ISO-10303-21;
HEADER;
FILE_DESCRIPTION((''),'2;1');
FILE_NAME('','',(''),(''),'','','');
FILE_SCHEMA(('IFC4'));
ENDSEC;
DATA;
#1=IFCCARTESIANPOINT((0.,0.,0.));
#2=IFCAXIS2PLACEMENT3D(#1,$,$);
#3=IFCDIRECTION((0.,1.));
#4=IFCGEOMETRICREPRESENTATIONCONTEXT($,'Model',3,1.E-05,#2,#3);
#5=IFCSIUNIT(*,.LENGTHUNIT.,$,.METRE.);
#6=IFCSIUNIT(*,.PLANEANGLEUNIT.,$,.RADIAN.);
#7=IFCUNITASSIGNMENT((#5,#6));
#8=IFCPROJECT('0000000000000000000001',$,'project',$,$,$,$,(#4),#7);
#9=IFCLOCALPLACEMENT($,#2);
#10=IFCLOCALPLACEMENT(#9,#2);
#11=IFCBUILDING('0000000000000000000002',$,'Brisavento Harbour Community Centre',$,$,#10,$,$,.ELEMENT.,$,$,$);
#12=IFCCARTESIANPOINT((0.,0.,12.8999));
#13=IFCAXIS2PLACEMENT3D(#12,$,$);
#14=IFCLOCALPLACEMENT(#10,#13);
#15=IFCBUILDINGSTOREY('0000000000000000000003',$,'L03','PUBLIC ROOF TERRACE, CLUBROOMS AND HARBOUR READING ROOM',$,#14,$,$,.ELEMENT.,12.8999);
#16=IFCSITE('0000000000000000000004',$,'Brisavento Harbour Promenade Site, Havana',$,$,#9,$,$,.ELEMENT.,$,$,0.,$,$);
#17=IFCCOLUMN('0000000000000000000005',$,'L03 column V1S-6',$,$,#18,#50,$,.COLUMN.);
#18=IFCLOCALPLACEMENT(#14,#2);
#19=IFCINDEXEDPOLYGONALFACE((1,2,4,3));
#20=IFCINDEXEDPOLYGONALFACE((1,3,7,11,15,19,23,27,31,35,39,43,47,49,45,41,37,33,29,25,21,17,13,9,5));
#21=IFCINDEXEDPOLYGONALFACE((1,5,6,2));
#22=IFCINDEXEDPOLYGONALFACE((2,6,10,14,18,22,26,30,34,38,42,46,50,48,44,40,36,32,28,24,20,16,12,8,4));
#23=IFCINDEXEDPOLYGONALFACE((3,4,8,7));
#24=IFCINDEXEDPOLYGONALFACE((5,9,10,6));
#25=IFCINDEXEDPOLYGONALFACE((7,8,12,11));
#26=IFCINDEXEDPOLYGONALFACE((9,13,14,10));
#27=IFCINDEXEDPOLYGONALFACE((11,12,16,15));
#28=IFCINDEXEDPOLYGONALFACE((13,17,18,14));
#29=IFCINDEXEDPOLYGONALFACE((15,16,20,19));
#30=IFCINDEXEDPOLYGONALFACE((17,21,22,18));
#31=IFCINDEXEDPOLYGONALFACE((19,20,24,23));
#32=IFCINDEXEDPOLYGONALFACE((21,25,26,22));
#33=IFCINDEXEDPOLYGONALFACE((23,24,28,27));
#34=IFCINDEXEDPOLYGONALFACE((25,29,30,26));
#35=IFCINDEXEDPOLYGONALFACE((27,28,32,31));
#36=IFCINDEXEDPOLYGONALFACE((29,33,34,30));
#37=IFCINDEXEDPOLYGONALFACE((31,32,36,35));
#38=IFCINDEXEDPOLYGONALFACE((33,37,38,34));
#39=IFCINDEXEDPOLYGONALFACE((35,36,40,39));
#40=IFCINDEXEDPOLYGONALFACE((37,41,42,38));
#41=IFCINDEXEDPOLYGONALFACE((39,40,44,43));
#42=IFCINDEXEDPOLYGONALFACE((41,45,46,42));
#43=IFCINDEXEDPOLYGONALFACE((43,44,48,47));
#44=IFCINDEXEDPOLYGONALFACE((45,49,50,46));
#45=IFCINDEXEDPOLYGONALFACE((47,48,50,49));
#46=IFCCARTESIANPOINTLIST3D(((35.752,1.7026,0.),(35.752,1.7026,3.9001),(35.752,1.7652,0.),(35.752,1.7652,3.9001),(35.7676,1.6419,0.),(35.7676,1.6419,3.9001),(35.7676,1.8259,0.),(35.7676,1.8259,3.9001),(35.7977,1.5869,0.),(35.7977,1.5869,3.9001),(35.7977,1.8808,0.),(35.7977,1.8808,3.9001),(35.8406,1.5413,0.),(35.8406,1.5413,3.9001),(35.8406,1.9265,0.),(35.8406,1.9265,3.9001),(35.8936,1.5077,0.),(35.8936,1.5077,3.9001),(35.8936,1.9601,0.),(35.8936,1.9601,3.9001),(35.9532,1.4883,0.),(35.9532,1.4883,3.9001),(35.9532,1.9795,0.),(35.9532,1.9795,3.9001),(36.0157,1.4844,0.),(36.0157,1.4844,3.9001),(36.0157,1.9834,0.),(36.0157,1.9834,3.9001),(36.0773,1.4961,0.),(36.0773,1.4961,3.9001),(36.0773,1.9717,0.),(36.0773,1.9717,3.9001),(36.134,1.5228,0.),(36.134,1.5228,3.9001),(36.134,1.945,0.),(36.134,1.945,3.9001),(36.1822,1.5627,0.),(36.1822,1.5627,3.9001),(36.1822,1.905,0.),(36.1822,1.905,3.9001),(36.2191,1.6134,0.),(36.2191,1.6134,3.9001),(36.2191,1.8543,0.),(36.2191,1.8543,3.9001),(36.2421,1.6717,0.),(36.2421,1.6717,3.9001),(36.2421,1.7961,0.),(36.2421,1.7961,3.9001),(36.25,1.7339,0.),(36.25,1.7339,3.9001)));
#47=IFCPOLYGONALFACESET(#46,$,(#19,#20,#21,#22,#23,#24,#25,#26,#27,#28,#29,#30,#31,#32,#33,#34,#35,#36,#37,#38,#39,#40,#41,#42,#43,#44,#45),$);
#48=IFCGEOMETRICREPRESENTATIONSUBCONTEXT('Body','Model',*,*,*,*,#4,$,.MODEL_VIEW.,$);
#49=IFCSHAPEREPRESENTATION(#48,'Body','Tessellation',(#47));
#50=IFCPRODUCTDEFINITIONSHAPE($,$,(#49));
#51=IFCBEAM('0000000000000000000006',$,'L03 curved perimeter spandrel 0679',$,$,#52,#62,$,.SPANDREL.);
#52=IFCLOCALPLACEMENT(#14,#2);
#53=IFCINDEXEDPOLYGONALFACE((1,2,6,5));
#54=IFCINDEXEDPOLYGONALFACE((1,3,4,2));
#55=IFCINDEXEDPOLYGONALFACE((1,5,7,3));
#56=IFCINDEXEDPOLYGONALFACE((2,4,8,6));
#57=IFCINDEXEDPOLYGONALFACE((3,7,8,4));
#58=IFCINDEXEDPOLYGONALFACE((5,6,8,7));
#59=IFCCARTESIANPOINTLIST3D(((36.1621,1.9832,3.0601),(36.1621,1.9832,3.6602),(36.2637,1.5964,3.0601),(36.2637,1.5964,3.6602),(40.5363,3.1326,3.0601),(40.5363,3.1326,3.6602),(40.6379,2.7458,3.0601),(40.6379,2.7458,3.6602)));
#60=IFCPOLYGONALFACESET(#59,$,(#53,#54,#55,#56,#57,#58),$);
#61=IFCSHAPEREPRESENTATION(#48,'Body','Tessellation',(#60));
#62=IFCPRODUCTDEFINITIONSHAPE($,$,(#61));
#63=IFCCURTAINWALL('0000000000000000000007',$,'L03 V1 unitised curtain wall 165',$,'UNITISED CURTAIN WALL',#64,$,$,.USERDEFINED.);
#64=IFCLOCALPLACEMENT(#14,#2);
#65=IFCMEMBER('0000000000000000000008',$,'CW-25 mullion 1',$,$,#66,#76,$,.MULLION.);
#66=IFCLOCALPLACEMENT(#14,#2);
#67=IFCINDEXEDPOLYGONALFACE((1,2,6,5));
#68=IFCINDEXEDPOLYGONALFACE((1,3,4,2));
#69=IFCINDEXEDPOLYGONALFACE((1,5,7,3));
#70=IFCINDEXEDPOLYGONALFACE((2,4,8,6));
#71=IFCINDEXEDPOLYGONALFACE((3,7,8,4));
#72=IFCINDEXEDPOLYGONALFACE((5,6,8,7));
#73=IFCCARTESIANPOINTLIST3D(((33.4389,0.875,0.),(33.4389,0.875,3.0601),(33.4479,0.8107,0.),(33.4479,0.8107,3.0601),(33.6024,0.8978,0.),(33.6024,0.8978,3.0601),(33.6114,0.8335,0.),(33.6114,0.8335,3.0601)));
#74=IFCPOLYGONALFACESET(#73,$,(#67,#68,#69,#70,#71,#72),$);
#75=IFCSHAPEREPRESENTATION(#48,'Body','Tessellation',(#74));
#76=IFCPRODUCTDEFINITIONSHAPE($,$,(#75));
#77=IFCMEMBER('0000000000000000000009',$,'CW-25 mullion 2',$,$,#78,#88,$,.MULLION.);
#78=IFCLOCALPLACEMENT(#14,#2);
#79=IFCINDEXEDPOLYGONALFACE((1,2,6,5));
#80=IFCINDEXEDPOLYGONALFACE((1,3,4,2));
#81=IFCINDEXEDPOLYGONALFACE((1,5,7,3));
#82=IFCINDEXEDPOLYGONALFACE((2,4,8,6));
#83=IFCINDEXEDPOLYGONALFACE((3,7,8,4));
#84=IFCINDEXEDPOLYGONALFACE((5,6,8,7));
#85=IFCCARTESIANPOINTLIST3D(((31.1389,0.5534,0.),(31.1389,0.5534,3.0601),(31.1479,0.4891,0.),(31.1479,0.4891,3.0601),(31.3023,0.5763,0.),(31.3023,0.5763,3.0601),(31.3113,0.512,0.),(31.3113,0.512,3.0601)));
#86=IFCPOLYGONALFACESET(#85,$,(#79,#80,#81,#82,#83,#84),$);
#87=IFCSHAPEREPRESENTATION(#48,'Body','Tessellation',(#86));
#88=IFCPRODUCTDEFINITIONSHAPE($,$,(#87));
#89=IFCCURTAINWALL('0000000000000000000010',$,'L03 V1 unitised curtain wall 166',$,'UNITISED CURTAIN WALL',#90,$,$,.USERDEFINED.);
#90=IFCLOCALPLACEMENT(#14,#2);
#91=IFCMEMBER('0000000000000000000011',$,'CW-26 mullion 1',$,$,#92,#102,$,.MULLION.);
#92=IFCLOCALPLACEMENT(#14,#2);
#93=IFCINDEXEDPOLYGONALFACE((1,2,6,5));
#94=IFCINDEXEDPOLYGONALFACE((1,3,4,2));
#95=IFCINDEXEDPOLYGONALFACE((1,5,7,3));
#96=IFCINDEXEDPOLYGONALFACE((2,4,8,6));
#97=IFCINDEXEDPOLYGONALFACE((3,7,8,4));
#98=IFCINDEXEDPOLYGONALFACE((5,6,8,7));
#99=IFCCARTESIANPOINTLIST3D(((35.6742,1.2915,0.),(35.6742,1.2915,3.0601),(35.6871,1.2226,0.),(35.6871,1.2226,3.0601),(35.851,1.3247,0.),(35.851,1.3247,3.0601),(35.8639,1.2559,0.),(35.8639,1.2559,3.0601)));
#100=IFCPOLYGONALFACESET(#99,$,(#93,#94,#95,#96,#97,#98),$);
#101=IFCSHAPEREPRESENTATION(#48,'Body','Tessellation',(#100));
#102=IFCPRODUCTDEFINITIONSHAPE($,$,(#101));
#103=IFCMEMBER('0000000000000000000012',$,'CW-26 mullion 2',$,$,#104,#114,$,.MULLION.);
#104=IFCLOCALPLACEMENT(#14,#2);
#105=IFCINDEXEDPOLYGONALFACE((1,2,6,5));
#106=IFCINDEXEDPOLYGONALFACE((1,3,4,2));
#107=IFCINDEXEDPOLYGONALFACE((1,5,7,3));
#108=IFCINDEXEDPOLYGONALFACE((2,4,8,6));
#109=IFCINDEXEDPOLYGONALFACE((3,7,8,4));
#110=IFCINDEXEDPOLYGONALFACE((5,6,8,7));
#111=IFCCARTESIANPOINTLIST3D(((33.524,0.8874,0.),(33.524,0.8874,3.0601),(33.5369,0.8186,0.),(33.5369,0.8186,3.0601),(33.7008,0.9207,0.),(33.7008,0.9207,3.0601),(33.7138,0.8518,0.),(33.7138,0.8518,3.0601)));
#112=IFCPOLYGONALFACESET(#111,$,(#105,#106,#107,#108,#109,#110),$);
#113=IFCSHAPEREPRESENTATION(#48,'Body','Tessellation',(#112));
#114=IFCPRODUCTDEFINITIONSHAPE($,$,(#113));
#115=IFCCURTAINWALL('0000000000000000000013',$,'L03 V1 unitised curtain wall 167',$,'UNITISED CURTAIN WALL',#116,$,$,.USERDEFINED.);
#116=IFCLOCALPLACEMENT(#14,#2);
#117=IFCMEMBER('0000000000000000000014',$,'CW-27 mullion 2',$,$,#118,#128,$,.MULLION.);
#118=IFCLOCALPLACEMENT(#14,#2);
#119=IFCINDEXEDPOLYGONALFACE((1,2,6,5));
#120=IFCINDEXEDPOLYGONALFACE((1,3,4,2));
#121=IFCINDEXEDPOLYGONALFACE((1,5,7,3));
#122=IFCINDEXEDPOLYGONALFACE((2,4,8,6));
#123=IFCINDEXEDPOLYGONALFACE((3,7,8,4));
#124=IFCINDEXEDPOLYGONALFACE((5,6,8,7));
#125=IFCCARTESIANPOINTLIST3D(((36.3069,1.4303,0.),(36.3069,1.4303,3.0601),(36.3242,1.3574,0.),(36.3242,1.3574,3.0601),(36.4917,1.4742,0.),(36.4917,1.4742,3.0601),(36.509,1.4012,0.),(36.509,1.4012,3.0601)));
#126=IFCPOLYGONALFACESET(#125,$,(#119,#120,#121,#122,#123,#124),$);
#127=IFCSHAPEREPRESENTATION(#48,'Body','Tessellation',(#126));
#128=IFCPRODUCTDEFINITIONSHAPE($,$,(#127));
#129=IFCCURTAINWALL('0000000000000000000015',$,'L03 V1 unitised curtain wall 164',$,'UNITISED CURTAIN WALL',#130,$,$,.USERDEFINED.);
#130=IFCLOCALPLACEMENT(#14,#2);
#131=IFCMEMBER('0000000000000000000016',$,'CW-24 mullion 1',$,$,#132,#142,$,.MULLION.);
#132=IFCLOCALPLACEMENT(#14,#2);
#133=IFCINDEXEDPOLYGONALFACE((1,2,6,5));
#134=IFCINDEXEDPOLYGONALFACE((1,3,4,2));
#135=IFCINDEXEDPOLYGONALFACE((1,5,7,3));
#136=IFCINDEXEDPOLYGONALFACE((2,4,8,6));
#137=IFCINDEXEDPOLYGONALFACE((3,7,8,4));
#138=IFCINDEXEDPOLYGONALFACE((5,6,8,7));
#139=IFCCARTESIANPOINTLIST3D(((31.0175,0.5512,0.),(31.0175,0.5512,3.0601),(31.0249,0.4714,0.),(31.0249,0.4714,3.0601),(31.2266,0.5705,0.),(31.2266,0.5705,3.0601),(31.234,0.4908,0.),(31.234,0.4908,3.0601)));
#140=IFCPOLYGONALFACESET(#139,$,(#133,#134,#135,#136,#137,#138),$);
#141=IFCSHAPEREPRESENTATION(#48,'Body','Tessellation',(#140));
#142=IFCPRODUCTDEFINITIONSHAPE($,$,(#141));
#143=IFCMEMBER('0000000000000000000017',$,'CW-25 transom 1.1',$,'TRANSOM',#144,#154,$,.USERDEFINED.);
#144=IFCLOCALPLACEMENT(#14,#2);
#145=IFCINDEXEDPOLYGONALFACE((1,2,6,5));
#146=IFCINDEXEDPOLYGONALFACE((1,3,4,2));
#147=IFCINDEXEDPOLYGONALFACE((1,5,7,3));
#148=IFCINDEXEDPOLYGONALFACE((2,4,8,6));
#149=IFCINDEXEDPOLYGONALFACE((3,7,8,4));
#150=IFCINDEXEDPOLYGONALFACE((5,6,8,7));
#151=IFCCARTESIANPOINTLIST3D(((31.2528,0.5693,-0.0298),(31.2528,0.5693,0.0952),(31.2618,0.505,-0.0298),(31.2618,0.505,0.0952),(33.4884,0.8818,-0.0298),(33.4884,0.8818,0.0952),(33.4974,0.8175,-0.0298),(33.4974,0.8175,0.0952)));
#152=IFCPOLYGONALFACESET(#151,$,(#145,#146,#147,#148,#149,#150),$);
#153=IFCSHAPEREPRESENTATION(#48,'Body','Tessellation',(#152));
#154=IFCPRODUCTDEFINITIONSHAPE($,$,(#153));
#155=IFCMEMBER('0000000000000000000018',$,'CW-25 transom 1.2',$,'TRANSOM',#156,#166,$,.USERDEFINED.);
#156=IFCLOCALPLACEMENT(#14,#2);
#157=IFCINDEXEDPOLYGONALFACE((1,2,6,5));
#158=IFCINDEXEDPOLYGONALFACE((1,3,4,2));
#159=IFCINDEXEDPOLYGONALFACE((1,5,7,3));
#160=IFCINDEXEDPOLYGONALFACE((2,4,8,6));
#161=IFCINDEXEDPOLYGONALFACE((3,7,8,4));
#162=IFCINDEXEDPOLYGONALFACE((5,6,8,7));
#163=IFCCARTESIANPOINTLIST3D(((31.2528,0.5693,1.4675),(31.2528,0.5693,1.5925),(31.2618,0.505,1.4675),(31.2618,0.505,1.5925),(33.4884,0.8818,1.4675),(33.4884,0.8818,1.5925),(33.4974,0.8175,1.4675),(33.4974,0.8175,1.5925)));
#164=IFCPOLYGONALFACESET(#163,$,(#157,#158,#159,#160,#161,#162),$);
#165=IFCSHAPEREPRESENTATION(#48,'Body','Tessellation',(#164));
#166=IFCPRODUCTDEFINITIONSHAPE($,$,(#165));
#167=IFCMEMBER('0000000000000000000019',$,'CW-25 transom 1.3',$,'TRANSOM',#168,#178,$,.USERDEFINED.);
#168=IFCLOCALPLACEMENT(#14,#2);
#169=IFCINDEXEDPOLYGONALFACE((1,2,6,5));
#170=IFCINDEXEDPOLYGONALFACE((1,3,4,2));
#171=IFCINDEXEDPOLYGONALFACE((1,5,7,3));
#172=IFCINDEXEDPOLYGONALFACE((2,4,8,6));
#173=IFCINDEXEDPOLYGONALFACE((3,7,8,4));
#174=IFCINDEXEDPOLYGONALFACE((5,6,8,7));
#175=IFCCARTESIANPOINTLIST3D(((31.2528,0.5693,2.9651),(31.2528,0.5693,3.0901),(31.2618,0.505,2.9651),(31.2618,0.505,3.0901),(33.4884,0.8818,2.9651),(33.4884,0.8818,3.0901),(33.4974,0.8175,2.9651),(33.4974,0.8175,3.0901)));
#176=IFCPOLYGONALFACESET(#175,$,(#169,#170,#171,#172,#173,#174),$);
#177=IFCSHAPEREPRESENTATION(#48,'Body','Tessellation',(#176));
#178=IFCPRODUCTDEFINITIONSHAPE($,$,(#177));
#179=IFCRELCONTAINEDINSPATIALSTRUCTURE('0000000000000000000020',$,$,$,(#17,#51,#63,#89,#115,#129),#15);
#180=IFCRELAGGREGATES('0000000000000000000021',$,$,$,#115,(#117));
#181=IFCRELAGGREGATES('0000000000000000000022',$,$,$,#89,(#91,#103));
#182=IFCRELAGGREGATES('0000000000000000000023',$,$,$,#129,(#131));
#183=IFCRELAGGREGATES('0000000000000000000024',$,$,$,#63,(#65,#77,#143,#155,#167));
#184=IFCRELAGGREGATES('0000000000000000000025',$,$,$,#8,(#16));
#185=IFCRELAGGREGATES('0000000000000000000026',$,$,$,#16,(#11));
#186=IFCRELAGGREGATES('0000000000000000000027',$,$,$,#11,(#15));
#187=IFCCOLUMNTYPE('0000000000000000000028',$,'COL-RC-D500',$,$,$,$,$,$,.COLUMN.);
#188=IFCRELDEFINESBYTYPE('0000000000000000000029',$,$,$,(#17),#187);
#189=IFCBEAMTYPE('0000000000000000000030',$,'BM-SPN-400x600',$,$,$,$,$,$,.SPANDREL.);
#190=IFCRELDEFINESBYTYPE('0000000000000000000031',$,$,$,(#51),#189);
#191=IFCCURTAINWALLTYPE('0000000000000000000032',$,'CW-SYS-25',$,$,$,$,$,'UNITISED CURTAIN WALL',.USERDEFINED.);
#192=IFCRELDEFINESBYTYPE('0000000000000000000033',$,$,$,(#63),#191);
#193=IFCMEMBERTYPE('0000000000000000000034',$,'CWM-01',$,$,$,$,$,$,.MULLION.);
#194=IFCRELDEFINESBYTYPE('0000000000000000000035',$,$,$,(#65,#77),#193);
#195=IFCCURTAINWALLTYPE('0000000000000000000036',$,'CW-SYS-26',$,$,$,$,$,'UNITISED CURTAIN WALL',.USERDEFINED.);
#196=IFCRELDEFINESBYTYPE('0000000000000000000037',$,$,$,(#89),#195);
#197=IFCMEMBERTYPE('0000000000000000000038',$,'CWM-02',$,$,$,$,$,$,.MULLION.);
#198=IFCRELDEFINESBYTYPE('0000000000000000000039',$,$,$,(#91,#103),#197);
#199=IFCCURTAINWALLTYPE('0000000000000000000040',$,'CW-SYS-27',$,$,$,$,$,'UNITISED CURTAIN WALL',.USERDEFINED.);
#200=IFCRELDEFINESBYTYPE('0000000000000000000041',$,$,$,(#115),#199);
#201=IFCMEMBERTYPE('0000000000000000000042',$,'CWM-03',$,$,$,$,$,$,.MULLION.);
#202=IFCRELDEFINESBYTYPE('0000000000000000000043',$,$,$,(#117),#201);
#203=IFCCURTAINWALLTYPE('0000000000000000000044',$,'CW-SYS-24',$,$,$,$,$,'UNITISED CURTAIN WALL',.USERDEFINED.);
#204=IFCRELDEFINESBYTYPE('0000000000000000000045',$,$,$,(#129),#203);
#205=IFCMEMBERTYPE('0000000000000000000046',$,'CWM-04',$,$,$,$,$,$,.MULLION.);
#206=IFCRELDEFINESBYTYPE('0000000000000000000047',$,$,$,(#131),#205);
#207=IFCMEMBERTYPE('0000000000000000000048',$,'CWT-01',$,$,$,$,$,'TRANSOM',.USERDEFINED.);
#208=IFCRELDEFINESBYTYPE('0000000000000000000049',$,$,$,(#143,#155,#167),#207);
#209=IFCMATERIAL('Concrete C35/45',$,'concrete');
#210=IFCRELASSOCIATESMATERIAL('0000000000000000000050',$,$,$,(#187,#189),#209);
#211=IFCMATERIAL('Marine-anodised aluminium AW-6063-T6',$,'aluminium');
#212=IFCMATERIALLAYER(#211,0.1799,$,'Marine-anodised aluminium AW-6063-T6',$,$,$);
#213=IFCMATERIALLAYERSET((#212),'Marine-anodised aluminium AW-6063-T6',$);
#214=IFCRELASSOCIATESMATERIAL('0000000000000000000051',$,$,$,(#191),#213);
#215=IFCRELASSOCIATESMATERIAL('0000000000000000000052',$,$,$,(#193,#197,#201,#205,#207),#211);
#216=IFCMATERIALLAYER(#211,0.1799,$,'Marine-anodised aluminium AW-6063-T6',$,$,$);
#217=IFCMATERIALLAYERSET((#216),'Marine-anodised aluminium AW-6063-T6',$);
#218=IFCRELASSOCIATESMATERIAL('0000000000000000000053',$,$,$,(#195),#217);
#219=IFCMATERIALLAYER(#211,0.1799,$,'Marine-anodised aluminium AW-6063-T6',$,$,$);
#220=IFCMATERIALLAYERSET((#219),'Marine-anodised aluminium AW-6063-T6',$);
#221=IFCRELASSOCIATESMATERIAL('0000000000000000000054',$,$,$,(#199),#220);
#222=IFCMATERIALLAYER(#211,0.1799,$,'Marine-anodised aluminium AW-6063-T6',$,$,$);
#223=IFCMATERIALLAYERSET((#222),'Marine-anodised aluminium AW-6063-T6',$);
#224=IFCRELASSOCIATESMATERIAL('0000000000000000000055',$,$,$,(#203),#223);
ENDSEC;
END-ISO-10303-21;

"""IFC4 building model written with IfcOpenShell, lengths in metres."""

from ifc_helpers import new_model, si_unit, direction, frame, origin, origin_2d, place, context, subcontext, project, spatial, rectangle, circle, extrude, material, layer, layer_set, material_profile, profile_set, type_object, element, aggregate, save


model = new_model("IFC4")

# Units and contexts
model_context = context("Model", 3, precision=1e-05, world=origin(), true_north=direction((0.0, 1.0)))
body_context = subcontext(model_context, "Body", "Model", "MODEL_VIEW")
ifc_project = project(units=[si_unit("LENGTHUNIT", "METRE"), si_unit("PLANEANGLEUNIT", "RADIAN")], contexts=[model_context])

# Site, building, storey
site_placement = place(None, origin())
site = spatial("IfcSite", under=ifc_project, at=site_placement, Name="Brisavento Harbour Promenade Site, Havana", CompositionType="ELEMENT", RefElevation=0.0)
building_placement = place(site_placement, origin())
building = spatial("IfcBuilding", under=site, at=building_placement, Name="Brisavento Harbour Community Centre", CompositionType="ELEMENT")
storey_placement = place(building_placement, frame((0.0, 0.0, 12.8999)))
storey = spatial("IfcBuildingStorey", under=building, at=storey_placement, Name="L03", Description="PUBLIC ROOF TERRACE, CLUBROOMS AND HARBOUR READING ROOM", CompositionType="ELEMENT", Elevation=12.8999)

# Column
ifc_material_1 = material(Name="Concrete C35/45", Category="concrete")
ifc_material_profile_1 = material_profile(ifc_material_1, circle(Radius=0.25, at=origin_2d()), Name="Concrete C35/45")
ifc_profile_set_1 = profile_set([ifc_material_profile_1], Name="Concrete C35/45")
column_type = type_object("IfcColumnType", Name="COL-RC-D500", PredefinedType="COLUMN", material=ifc_profile_set_1)
column_placement = place(storey_placement, frame((36.0, 1.7339, 0.0), z_axis=(0.0, 0.0, 1.0), x_axis=(1.0, 0.0, 0.0)))
element("IfcColumn", 1, at=column_placement, inside=storey, type_object=column_type, Name="L03 column V1S-6", PredefinedType="COLUMN", context=body_context, shape_type="SweptSolid", body=[
    extrude(circle(Radius=0.25, at=origin_2d()), origin(), (0.0, 0.0, 1.0), 3.9001),
])

# Beam
ifc_material_profile_2 = material_profile(ifc_material_1, rectangle(XDim=0.3999, YDim=0.6001, at=origin_2d()), Name="Concrete C35/45")
ifc_profile_set_2 = profile_set([ifc_material_profile_2], Name="Concrete C35/45")
beam_type = type_object("IfcBeamType", Name="BM-SPN-400x600", PredefinedType="SPANDREL", material=ifc_profile_set_2)
beam_placement = place(storey_placement, frame((36.2129, 1.7898, 3.3601), z_axis=(0.967167, 0.25414, 0.0), x_axis=(-0.25414, 0.967167, 0.0)))
element("IfcBeam", 2, at=beam_placement, inside=storey, type_object=beam_type, Name="L03 curved perimeter spandrel 0679", PredefinedType="SPANDREL", context=body_context, shape_type="SweptSolid", body=[
    extrude(rectangle(XDim=0.3999, YDim=0.6001, at=origin_2d()), origin(), (0.0, 0.0, 1.0), 4.5227),
])

# Curtain walls, members
ifc_material_2 = material(Name="Marine-anodised aluminium AW-6063-T6", Category="aluminium")
ifc_layer_1 = layer(ifc_material_2, 0.1799, Name="Marine-anodised aluminium AW-6063-T6")
ifc_layer_set_1 = layer_set([ifc_layer_1], Name="Marine-anodised aluminium AW-6063-T6")
curtain_wall_type_1 = type_object("IfcCurtainWallType", Name="CW-SYS-25", ElementType="UNITISED CURTAIN WALL", PredefinedType="USERDEFINED", material=ifc_layer_set_1)
curtain_wall_1_placement = place(storey_placement, origin())
curtain_wall_1 = element("IfcCurtainWall", 3, at=curtain_wall_1_placement, inside=storey, type_object=curtain_wall_type_1, Name="L03 V1 unitised curtain wall 165", ObjectType="UNITISED CURTAIN WALL", PredefinedType="USERDEFINED")
ifc_material_profile_3 = material_profile(ifc_material_2, rectangle(XDim=0.0649, YDim=0.165, at=origin_2d()), Name="Marine-anodised aluminium AW-6063-T6")
ifc_profile_set_3 = profile_set([ifc_material_profile_3], Name="Marine-anodised aluminium AW-6063-T6")
member_type_1 = type_object("IfcMemberType", Name="CWM-01", PredefinedType="MULLION", material=ifc_profile_set_3)
member_1_placement = place(storey_placement, frame((33.5251, 0.8542, 0.0), z_axis=(0.0, 0.0, 1.0), x_axis=(0.138477, -0.990366, 0.0)))
member_1 = element("IfcMember", 4, at=member_1_placement, type_object=member_type_1, Name="CW-25 mullion 1", PredefinedType="MULLION", context=body_context, shape_type="SweptSolid", body=[
    extrude(rectangle(XDim=0.0649, YDim=0.165, at=origin_2d()), origin(), (0.0, 0.0, 1.0), 3.0601),
])
member_2_placement = place(storey_placement, frame((31.2251, 0.5327, 0.0), z_axis=(0.0, 0.0, 1.0), x_axis=(0.138477, -0.990366, 0.0)))
member_2 = element("IfcMember", 5, at=member_2_placement, type_object=member_type_1, Name="CW-25 mullion 2", PredefinedType="MULLION", context=body_context, shape_type="SweptSolid", body=[
    extrude(rectangle(XDim=0.0649, YDim=0.165, at=origin_2d()), origin(), (0.0, 0.0, 1.0), 3.0601),
])
ifc_layer_2 = layer(ifc_material_2, 0.1799, Name="Marine-anodised aluminium AW-6063-T6")
ifc_layer_set_2 = layer_set([ifc_layer_2], Name="Marine-anodised aluminium AW-6063-T6")
curtain_wall_type_2 = type_object("IfcCurtainWallType", Name="CW-SYS-26", ElementType="UNITISED CURTAIN WALL", PredefinedType="USERDEFINED", material=ifc_layer_set_2)
curtain_wall_2_placement = place(storey_placement, origin())
curtain_wall_2 = element("IfcCurtainWall", 6, at=curtain_wall_2_placement, inside=storey, type_object=curtain_wall_type_2, Name="L03 V1 unitised curtain wall 166", ObjectType="UNITISED CURTAIN WALL", PredefinedType="USERDEFINED")
ifc_material_profile_4 = material_profile(ifc_material_2, rectangle(XDim=0.0701, YDim=0.1799, at=origin_2d()), Name="Marine-anodised aluminium AW-6063-T6")
ifc_profile_set_4 = profile_set([ifc_material_profile_4], Name="Marine-anodised aluminium AW-6063-T6")
member_type_2 = type_object("IfcMemberType", Name="CWM-02", PredefinedType="MULLION", material=ifc_profile_set_4)
member_3_placement = place(storey_placement, frame((35.769, 1.2737, 0.0), z_axis=(0.0, 0.0, 1.0), x_axis=(0.18469, -0.982797, 0.0)))
member_3 = element("IfcMember", 7, at=member_3_placement, type_object=member_type_2, Name="CW-26 mullion 1", PredefinedType="MULLION", context=body_context, shape_type="SweptSolid", body=[
    extrude(rectangle(XDim=0.0701, YDim=0.1799, at=origin_2d()), origin(), (0.0, 0.0, 1.0), 3.0601),
])
member_4_placement = place(storey_placement, frame((33.6189, 0.8696, 0.0), z_axis=(0.0, 0.0, 1.0), x_axis=(0.18469, -0.982797, 0.0)))
member_4 = element("IfcMember", 8, at=member_4_placement, type_object=member_type_2, Name="CW-26 mullion 2", PredefinedType="MULLION", context=body_context, shape_type="SweptSolid", body=[
    extrude(rectangle(XDim=0.0701, YDim=0.1799, at=origin_2d()), origin(), (0.0, 0.0, 1.0), 3.0601),
])

# Curtain walls, members
ifc_layer_3 = layer(ifc_material_2, 0.1799, Name="Marine-anodised aluminium AW-6063-T6")
ifc_layer_set_3 = layer_set([ifc_layer_3], Name="Marine-anodised aluminium AW-6063-T6")
curtain_wall_type_3 = type_object("IfcCurtainWallType", Name="CW-SYS-27", ElementType="UNITISED CURTAIN WALL", PredefinedType="USERDEFINED", material=ifc_layer_set_3)
curtain_wall_3_placement = place(storey_placement, origin())
curtain_wall_3 = element("IfcCurtainWall", 9, at=curtain_wall_3_placement, inside=storey, type_object=curtain_wall_type_3, Name="L03 V1 unitised curtain wall 167", ObjectType="UNITISED CURTAIN WALL", PredefinedType="USERDEFINED")
ifc_material_profile_5 = material_profile(ifc_material_2, rectangle(XDim=0.075, YDim=0.1899, at=origin_2d()), Name="Marine-anodised aluminium AW-6063-T6")
ifc_profile_set_5 = profile_set([ifc_material_profile_5], Name="Marine-anodised aluminium AW-6063-T6")
member_type_3 = type_object("IfcMemberType", Name="CWM-03", PredefinedType="MULLION", material=ifc_profile_set_5)
member_5_placement = place(storey_placement, frame((36.408, 1.4158, 0.0), z_axis=(0.0, 0.0, 1.0), x_axis=(0.230812, -0.972998, 0.0)))
member_5 = element("IfcMember", 10, at=member_5_placement, type_object=member_type_3, Name="CW-27 mullion 2", PredefinedType="MULLION", context=body_context, shape_type="SweptSolid", body=[
    extrude(rectangle(XDim=0.075, YDim=0.1899, at=origin_2d()), origin(), (0.0, 0.0, 1.0), 3.0601),
])
aggregate(curtain_wall_3, [member_5])
ifc_layer_4 = layer(ifc_material_2, 0.1799, Name="Marine-anodised aluminium AW-6063-T6")
ifc_layer_set_4 = layer_set([ifc_layer_4], Name="Marine-anodised aluminium AW-6063-T6")
curtain_wall_type_4 = type_object("IfcCurtainWallType", Name="CW-SYS-24", ElementType="UNITISED CURTAIN WALL", PredefinedType="USERDEFINED", material=ifc_layer_set_4)
curtain_wall_4_placement = place(storey_placement, origin())
curtain_wall_4 = element("IfcCurtainWall", 11, at=curtain_wall_4_placement, inside=storey, type_object=curtain_wall_type_4, Name="L03 V1 unitised curtain wall 164", ObjectType="UNITISED CURTAIN WALL", PredefinedType="USERDEFINED")
ifc_material_profile_6 = material_profile(ifc_material_2, rectangle(XDim=0.0801, YDim=0.21, at=origin_2d()), Name="Marine-anodised aluminium AW-6063-T6")
ifc_profile_set_6 = profile_set([ifc_material_profile_6], Name="Marine-anodised aluminium AW-6063-T6")
member_type_4 = type_object("IfcMemberType", Name="CWM-04", PredefinedType="MULLION", material=ifc_profile_set_6)
member_6_placement = place(storey_placement, frame((31.1257, 0.521, 0.0), z_axis=(0.0, 0.0, 1.0), x_axis=(0.092261, -0.995735, 0.0)))
member_6 = element("IfcMember", 12, at=member_6_placement, type_object=member_type_4, Name="CW-24 mullion 1", PredefinedType="MULLION", context=body_context, shape_type="SweptSolid", body=[
    extrude(rectangle(XDim=0.0801, YDim=0.21, at=origin_2d()), origin(), (0.0, 0.0, 1.0), 3.0601),
])

# Members
ifc_material_profile_7 = material_profile(ifc_material_2, rectangle(XDim=0.0649, YDim=0.125, at=origin_2d()), Name="Marine-anodised aluminium AW-6063-T6")
ifc_profile_set_7 = profile_set([ifc_material_profile_7], Name="Marine-anodised aluminium AW-6063-T6")
member_type_5 = type_object("IfcMemberType", Name="CWT-01", ElementType="TRANSOM", PredefinedType="USERDEFINED", material=ifc_profile_set_7)
member_7_placement = place(storey_placement, frame((33.4929, 0.8496, 0.0327), z_axis=(-0.990371, -0.138438, 0.0), x_axis=(0.138438, -0.990371, 0.0)))
member_7 = element("IfcMember", 13, at=member_7_placement, type_object=member_type_5, Name="CW-25 transom 1.1", ObjectType="TRANSOM", PredefinedType="USERDEFINED", context=body_context, shape_type="SweptSolid", body=[
    extrude(rectangle(XDim=0.0649, YDim=0.125, at=origin_2d()), origin(), (0.0, 0.0, 1.0), 2.2573),
])
member_8_placement = place(storey_placement, frame((33.4929, 0.8496, 1.53), z_axis=(-0.990371, -0.138438, 0.0), x_axis=(0.138438, -0.990371, 0.0)))
member_8 = element("IfcMember", 14, at=member_8_placement, type_object=member_type_5, Name="CW-25 transom 1.2", ObjectType="TRANSOM", PredefinedType="USERDEFINED", context=body_context, shape_type="SweptSolid", body=[
    extrude(rectangle(XDim=0.0649, YDim=0.125, at=origin_2d()), origin(), (0.0, 0.0, 1.0), 2.2573),
])
member_9_placement = place(storey_placement, frame((33.4929, 0.8496, 3.0276), z_axis=(-0.990371, -0.138438, 0.0), x_axis=(0.138438, -0.990371, 0.0)))
member_9 = element("IfcMember", 15, at=member_9_placement, type_object=member_type_5, Name="CW-25 transom 1.3", ObjectType="TRANSOM", PredefinedType="USERDEFINED", context=body_context, shape_type="SweptSolid", body=[
    extrude(rectangle(XDim=0.0649, YDim=0.125, at=origin_2d()), origin(), (0.0, 0.0, 1.0), 2.2573),
])

aggregate(curtain_wall_2, [member_3, member_4])
aggregate(curtain_wall_4, [member_6])
aggregate(curtain_wall_1, [member_1, member_2, member_7, member_8, member_9])

save(model, "model.ifc")
